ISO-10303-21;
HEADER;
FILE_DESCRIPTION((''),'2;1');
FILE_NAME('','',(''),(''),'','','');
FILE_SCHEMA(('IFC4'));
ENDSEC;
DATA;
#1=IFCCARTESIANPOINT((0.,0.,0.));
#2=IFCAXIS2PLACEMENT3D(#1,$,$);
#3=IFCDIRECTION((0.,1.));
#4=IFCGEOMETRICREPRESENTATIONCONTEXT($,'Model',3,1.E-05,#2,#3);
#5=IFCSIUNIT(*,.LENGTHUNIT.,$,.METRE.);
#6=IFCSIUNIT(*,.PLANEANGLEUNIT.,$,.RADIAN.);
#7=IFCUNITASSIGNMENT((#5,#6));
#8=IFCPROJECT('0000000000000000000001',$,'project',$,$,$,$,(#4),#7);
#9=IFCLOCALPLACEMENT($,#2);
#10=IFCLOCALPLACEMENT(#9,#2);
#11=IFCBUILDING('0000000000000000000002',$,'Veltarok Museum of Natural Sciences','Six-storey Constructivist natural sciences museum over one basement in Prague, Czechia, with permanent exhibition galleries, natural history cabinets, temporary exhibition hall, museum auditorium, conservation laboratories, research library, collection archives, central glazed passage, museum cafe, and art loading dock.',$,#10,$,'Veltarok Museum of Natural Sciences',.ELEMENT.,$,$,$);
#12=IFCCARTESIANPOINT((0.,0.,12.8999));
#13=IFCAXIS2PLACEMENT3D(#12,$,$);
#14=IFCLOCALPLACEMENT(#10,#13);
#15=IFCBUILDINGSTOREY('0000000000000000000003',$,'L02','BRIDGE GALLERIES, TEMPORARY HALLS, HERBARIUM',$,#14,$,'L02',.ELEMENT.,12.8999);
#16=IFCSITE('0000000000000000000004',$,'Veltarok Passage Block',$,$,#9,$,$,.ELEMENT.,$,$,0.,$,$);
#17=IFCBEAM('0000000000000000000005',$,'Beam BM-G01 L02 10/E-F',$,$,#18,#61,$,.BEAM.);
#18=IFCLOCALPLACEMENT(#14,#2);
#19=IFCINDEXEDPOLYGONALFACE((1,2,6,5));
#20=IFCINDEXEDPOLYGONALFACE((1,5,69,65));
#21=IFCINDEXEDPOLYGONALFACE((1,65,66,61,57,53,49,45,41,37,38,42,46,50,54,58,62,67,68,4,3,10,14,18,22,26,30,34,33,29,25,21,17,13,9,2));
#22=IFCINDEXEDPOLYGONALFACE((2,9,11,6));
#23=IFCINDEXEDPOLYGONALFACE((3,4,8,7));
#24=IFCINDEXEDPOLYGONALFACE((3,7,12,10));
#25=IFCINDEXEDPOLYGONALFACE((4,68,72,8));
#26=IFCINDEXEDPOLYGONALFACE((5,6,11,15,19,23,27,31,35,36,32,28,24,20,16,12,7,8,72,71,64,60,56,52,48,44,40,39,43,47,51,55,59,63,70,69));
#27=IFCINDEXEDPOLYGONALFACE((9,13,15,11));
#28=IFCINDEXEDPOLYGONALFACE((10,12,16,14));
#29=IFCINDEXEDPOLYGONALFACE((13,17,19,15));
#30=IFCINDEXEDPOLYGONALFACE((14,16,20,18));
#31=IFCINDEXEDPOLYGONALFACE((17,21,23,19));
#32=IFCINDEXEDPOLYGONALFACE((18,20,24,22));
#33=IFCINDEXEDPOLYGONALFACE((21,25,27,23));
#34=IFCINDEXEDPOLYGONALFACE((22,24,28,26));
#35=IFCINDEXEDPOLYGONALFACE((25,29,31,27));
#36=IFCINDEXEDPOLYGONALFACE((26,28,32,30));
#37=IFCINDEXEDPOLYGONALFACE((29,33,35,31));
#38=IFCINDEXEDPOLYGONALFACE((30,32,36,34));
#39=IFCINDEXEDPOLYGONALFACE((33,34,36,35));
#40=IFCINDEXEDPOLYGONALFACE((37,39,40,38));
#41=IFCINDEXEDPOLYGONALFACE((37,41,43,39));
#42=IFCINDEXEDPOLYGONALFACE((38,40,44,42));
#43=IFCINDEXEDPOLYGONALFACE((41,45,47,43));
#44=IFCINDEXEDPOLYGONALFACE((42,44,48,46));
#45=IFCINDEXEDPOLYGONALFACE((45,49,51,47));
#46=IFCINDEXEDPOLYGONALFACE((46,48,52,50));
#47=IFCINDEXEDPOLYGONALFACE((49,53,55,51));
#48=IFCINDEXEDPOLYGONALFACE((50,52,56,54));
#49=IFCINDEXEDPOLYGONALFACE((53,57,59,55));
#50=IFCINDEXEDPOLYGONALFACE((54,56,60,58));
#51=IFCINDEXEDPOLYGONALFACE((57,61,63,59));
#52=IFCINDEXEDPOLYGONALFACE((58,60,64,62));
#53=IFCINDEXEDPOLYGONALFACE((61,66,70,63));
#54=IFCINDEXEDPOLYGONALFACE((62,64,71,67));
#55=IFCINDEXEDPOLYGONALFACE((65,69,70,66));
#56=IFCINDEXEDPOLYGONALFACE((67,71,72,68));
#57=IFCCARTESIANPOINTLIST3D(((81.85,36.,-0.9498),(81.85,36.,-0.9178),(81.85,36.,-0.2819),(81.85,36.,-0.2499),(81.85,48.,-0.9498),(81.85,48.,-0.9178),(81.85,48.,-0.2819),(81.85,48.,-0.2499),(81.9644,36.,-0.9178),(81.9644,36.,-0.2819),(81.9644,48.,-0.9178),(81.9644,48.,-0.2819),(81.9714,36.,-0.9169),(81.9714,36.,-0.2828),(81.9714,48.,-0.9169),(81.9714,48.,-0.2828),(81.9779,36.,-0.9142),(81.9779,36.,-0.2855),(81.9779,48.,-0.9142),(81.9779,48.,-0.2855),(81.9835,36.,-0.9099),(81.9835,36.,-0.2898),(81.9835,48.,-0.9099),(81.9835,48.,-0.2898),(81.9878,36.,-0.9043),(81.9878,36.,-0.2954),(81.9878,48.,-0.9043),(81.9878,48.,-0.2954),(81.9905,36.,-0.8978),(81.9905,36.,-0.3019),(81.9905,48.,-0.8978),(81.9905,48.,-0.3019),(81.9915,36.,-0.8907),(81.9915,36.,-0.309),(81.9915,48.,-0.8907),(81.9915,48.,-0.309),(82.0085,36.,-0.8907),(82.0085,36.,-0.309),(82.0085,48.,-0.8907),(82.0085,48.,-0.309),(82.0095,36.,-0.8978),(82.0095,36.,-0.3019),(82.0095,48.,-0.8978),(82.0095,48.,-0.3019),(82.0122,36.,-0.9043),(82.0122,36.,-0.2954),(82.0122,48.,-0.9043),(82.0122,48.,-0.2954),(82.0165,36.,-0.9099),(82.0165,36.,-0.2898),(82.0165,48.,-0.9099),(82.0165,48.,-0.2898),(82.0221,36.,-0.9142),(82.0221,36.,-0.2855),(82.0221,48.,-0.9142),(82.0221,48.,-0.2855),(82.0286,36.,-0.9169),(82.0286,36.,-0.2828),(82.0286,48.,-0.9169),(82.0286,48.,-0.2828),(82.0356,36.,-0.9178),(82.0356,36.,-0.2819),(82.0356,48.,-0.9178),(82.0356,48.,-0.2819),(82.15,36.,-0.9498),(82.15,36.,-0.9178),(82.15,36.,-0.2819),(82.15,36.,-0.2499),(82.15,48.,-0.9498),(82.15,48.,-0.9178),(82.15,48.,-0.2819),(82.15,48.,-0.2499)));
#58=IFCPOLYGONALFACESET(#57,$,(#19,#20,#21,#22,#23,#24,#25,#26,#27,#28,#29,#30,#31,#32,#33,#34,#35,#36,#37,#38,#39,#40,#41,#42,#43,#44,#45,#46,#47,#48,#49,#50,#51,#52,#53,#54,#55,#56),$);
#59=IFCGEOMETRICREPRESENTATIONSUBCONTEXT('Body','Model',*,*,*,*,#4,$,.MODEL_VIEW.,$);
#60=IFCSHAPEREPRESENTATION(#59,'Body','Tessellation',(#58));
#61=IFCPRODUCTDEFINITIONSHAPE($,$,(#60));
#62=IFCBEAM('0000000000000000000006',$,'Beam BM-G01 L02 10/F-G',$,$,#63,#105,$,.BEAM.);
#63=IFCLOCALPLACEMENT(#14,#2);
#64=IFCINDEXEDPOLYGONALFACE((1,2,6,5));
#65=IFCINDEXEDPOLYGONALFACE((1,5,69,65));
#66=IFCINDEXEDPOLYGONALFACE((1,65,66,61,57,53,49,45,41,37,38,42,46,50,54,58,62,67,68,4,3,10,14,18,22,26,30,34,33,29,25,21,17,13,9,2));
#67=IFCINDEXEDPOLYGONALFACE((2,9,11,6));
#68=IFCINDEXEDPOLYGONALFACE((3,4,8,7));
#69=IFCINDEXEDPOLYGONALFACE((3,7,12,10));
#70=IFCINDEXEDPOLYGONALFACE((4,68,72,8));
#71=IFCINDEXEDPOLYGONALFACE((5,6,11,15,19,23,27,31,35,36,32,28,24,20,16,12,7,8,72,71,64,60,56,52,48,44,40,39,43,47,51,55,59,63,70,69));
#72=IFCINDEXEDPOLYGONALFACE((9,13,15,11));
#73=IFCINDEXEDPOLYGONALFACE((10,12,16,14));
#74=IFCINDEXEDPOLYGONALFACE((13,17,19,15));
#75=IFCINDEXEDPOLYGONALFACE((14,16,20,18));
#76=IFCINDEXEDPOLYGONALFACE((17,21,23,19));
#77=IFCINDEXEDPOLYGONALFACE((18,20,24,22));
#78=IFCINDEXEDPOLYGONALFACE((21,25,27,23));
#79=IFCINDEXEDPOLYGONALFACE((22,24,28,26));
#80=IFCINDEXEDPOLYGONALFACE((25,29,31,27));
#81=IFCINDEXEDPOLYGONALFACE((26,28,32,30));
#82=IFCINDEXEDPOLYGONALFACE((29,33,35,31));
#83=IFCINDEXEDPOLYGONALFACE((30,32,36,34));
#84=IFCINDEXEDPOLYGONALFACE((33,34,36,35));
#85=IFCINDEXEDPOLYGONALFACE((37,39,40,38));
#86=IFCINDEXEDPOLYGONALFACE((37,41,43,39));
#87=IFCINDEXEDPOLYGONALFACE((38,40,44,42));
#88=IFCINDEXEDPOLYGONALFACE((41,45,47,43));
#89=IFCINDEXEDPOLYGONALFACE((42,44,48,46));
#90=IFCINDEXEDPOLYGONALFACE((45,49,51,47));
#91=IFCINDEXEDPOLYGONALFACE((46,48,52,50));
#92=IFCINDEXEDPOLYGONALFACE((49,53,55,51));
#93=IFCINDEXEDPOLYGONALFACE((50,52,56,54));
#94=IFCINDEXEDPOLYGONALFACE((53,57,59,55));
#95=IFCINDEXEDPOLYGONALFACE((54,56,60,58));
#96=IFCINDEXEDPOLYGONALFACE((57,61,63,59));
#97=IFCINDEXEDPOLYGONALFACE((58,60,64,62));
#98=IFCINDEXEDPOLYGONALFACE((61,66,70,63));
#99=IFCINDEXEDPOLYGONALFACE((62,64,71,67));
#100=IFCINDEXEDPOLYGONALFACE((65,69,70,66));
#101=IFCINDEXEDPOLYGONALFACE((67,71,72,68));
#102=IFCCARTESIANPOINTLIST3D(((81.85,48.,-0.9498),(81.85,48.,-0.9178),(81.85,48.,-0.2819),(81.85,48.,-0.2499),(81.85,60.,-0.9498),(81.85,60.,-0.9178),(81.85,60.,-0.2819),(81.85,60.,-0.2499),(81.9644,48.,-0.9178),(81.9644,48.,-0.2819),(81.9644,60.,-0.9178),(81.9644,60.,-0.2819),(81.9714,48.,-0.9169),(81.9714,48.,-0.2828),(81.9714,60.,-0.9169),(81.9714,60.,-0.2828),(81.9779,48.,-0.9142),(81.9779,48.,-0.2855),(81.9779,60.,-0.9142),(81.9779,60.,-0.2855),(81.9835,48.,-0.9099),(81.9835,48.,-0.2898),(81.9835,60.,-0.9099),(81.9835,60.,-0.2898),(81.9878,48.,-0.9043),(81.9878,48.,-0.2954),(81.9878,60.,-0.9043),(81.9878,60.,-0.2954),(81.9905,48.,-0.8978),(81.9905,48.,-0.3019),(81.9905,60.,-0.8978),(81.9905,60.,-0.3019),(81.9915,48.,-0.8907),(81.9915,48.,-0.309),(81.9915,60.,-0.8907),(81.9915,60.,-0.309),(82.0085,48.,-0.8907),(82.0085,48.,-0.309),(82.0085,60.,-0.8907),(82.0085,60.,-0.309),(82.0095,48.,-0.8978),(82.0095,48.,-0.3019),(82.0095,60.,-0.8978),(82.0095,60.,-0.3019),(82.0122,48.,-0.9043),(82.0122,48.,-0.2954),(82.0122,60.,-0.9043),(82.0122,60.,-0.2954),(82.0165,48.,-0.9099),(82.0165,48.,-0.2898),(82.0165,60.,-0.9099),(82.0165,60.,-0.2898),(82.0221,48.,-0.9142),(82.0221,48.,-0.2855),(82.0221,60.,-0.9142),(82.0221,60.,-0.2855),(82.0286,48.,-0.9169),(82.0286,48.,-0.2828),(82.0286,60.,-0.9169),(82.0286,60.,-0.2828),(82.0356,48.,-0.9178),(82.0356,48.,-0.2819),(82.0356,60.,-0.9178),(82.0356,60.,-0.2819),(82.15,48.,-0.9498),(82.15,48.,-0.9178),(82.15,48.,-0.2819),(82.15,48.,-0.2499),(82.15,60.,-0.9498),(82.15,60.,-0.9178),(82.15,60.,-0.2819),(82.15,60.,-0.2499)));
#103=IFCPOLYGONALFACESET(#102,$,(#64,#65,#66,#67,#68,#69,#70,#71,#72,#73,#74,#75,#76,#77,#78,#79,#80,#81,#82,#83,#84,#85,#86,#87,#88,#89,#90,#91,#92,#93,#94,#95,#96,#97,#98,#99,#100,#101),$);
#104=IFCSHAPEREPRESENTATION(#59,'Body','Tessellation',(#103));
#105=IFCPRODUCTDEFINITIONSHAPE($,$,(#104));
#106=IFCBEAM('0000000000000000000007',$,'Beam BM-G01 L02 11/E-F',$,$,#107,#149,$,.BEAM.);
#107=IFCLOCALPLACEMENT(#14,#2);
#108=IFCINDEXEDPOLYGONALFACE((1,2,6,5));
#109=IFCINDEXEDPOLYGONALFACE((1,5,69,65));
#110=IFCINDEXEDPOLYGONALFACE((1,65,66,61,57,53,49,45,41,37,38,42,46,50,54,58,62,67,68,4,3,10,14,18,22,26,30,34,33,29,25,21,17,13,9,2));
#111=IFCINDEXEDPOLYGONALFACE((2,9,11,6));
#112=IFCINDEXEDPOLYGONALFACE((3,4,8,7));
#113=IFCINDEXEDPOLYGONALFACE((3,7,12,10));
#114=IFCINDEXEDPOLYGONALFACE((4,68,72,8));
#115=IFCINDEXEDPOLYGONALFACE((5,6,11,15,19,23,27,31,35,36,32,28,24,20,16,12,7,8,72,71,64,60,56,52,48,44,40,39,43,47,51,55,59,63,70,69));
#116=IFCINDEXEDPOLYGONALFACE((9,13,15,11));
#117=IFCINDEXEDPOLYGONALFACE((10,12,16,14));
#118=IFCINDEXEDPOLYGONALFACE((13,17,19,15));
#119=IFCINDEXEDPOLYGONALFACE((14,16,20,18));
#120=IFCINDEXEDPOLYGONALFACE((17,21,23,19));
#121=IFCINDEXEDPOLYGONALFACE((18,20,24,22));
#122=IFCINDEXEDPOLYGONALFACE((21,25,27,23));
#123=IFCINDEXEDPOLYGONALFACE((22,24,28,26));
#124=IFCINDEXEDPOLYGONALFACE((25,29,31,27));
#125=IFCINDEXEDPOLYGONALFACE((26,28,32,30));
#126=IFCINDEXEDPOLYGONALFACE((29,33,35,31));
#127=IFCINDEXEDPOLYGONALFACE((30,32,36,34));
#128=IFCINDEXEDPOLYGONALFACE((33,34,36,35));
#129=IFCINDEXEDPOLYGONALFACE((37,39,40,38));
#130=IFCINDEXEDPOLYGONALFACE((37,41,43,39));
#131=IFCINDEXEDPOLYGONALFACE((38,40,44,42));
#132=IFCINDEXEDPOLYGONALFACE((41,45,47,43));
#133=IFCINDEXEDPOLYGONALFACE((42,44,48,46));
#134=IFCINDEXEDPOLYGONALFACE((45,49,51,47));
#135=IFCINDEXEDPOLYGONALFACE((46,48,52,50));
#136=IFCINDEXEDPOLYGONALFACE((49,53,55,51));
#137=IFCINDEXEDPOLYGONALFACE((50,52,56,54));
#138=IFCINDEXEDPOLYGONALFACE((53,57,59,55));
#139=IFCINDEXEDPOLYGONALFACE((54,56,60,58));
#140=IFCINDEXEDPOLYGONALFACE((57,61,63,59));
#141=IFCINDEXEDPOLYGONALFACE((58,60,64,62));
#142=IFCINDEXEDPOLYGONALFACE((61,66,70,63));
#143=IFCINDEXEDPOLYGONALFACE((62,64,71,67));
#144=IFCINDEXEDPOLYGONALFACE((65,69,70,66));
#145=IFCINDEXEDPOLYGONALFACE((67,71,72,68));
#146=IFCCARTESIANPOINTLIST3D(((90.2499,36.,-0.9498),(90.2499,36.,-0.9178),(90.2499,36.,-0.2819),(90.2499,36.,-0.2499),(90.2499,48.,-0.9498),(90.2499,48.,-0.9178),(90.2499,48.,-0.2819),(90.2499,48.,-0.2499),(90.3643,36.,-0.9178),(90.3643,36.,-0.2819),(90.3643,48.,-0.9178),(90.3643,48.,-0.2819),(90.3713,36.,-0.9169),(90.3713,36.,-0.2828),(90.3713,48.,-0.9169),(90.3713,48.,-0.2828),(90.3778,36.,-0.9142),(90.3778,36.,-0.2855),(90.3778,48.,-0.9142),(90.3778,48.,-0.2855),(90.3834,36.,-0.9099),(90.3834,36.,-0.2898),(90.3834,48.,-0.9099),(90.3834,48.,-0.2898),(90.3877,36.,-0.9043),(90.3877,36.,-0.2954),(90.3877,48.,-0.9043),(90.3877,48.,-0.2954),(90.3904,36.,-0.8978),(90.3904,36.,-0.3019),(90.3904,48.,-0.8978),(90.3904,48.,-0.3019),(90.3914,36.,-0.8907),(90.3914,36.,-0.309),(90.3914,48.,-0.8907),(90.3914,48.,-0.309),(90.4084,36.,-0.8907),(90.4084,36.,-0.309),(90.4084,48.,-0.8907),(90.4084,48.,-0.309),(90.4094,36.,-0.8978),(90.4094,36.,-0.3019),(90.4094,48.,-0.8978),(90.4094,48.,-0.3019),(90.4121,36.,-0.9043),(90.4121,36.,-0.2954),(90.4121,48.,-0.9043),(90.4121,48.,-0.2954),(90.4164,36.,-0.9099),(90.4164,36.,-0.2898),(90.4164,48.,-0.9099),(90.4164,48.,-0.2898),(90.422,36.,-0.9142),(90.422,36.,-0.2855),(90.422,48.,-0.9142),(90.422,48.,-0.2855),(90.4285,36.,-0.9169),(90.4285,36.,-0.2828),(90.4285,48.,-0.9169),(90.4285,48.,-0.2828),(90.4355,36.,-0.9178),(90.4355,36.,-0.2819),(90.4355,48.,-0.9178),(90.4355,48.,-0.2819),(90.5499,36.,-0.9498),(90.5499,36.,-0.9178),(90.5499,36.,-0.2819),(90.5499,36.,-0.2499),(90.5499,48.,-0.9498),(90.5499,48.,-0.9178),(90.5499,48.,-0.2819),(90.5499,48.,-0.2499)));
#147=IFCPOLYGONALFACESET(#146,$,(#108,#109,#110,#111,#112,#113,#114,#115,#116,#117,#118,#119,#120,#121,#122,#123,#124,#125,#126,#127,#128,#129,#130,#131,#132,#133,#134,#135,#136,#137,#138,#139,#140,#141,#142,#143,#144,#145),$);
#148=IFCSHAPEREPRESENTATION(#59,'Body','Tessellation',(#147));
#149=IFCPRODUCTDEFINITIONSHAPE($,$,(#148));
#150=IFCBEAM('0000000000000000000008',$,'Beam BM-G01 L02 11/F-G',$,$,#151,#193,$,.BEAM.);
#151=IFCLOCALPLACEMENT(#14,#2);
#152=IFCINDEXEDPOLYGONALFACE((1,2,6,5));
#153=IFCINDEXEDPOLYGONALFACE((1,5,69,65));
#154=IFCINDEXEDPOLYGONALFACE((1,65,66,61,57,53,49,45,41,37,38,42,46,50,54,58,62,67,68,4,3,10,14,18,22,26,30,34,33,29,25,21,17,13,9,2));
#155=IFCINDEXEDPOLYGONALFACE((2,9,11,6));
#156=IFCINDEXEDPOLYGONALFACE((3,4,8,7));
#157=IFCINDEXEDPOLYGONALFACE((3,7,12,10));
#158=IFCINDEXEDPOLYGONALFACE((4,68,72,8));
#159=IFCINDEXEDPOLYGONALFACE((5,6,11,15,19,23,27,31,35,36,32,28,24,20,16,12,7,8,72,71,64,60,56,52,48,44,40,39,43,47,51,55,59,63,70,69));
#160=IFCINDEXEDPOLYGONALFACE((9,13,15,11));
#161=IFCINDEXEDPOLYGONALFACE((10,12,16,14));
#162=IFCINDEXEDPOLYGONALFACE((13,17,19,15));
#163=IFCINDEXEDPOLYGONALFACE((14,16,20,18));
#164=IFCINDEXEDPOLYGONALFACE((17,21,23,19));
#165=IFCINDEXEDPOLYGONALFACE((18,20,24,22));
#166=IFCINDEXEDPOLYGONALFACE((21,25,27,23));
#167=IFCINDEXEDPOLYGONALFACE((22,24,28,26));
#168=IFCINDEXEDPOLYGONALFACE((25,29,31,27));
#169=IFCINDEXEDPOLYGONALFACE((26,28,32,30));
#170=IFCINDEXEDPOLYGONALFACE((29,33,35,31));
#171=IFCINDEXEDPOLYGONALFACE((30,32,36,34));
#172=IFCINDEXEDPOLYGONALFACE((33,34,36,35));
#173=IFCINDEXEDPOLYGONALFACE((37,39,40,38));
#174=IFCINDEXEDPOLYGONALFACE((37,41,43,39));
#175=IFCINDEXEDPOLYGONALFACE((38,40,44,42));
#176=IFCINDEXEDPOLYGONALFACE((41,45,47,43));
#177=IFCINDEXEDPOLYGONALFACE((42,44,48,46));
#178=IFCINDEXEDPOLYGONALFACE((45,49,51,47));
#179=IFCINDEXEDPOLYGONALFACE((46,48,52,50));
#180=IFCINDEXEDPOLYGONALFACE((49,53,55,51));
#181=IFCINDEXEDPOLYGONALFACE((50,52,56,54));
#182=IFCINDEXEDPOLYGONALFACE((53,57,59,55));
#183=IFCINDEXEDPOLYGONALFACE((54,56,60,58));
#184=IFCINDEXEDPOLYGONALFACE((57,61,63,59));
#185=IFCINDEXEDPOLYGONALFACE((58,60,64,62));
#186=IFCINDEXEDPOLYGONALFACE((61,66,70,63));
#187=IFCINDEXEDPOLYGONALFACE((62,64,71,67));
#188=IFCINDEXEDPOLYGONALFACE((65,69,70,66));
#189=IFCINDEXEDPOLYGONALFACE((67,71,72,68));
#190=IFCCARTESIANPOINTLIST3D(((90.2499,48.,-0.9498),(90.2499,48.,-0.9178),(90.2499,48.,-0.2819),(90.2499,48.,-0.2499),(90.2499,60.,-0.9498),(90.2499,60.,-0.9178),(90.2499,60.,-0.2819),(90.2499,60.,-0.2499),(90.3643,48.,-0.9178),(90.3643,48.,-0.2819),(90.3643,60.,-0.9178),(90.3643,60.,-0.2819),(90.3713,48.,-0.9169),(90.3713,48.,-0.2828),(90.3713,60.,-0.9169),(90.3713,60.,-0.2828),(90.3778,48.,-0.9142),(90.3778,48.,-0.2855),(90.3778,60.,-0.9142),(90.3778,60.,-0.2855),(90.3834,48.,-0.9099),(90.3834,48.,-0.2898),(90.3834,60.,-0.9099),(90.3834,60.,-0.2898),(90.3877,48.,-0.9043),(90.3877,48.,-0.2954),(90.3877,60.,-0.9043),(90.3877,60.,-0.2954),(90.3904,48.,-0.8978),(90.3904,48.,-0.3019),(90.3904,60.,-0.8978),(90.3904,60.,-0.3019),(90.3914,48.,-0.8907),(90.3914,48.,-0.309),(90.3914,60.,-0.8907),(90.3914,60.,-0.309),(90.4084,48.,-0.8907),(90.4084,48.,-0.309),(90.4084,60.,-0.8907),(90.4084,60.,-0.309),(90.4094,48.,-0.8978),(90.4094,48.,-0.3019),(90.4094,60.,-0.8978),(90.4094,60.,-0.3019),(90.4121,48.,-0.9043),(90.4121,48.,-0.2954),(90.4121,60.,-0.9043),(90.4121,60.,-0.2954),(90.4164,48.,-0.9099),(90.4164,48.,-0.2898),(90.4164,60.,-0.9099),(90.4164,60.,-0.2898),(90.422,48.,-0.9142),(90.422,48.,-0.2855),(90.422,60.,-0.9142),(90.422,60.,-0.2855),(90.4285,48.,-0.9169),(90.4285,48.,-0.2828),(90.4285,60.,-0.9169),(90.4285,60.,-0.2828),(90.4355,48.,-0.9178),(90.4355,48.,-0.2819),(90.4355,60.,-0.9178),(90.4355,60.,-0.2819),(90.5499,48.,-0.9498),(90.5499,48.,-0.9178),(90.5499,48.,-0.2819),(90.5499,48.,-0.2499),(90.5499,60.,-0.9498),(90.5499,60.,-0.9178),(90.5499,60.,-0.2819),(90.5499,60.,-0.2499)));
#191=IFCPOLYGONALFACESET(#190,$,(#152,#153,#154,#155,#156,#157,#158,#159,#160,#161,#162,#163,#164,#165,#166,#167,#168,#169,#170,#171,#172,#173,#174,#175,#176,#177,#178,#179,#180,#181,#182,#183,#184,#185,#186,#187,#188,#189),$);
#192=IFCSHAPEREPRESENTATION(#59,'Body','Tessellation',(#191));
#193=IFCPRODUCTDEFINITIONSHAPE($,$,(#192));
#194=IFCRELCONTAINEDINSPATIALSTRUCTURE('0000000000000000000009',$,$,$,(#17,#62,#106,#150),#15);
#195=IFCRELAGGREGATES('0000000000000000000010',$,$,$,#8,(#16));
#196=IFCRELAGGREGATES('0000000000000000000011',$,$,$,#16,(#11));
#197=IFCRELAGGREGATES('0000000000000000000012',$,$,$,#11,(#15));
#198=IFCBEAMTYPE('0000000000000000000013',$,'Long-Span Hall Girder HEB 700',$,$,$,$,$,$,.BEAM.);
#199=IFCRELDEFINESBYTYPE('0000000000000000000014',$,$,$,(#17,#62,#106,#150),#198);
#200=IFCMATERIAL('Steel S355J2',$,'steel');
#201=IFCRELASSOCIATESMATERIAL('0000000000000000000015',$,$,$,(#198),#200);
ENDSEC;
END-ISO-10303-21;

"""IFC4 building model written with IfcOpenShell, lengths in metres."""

from ifc_helpers import new_model, si_unit, direction, frame, origin, origin_2d, place, context, subcontext, project, spatial, i_section, extrude, material, material_profile, profile_set, type_object, element, save


model = new_model("IFC4")

# Units and contexts
model_context = context("Model", 3, precision=1e-05, world=origin(), true_north=direction((0.0, 1.0)))
body_context = subcontext(model_context, "Body", "Model", "MODEL_VIEW")
ifc_project = project(units=[si_unit("LENGTHUNIT", "METRE"), si_unit("PLANEANGLEUNIT", "RADIAN")], contexts=[model_context])

# Site, building, storey
site_placement = place(None, origin())
site = spatial("IfcSite", under=ifc_project, at=site_placement, Name="Veltarok Passage Block", CompositionType="ELEMENT", RefElevation=0.0)
building_placement = place(site_placement, origin())
building = spatial("IfcBuilding", under=site, at=building_placement, Name="Veltarok Museum of Natural Sciences", Description="Six-storey Constructivist natural sciences museum over one basement in Prague, Czechia, with permanent exhibition galleries, natural history cabinets, temporary exhibition hall, museum auditorium, conservation laboratories, research library, collection archives, central glazed passage, museum cafe, and art loading dock.", LongName="Veltarok Museum of Natural Sciences", CompositionType="ELEMENT")
storey_placement = place(building_placement, frame((0.0, 0.0, 12.8999)))
storey = spatial("IfcBuildingStorey", under=building, at=storey_placement, Name="L02", Description="BRIDGE GALLERIES, TEMPORARY HALLS, HERBARIUM", LongName="L02", CompositionType="ELEMENT", Elevation=12.8999)

# Shared definitions
ifc_material_1 = material(Name="Steel S355J2", Category="steel")

# Beams
ifc_material_profile_1 = material_profile(ifc_material_1, i_section(OverallWidth=0.3, OverallDepth=0.7, WebThickness=0.0171, FlangeThickness=0.032, FilletRadius=0.0271, at=origin_2d()), Name="HEB 700")
ifc_profile_set_1 = profile_set([ifc_material_profile_1], Name="Steel S355J2")
beam_type_1 = type_object("IfcBeamType", Name="Long-Span Hall Girder HEB 700", PredefinedType="BEAM", material=ifc_profile_set_1)
for number, where, z_axis, x_axis, name in (
    (1, (82.0, 36.0, -0.5999), (0.0, 1.0, 0.0), (-1.0, 0.0, 0.0), "Beam BM-G01 L02 10/E-F"),
    (2, (82.0, 48.0, -0.5999), (0.0, 1.0, 0.0), (-1.0, 0.0, 0.0), "Beam BM-G01 L02 10/F-G"),
    (3, (90.3999, 36.0, -0.5999), (0.0, 1.0, 0.0), (-1.0, 0.0, 0.0), "Beam BM-G01 L02 11/E-F"),
    (4, (90.3999, 48.0, -0.5999), (0.0, 1.0, 0.0), (-1.0, 0.0, 0.0), "Beam BM-G01 L02 11/F-G"),
):
    element("IfcBeam", number, at=place(storey_placement, frame(where, z_axis=z_axis, x_axis=x_axis)), inside=storey, type_object=beam_type_1, Name=name, PredefinedType="BEAM", context=body_context, shape_type="SweptSolid", body=[
        extrude(i_section(OverallWidth=0.3, OverallDepth=0.7, WebThickness=0.0171, FlangeThickness=0.032, FilletRadius=0.0271, at=origin_2d()), origin(), (0.0, 0.0, 1.0), 12.0),
    ])

save(model, "model.ifc")
